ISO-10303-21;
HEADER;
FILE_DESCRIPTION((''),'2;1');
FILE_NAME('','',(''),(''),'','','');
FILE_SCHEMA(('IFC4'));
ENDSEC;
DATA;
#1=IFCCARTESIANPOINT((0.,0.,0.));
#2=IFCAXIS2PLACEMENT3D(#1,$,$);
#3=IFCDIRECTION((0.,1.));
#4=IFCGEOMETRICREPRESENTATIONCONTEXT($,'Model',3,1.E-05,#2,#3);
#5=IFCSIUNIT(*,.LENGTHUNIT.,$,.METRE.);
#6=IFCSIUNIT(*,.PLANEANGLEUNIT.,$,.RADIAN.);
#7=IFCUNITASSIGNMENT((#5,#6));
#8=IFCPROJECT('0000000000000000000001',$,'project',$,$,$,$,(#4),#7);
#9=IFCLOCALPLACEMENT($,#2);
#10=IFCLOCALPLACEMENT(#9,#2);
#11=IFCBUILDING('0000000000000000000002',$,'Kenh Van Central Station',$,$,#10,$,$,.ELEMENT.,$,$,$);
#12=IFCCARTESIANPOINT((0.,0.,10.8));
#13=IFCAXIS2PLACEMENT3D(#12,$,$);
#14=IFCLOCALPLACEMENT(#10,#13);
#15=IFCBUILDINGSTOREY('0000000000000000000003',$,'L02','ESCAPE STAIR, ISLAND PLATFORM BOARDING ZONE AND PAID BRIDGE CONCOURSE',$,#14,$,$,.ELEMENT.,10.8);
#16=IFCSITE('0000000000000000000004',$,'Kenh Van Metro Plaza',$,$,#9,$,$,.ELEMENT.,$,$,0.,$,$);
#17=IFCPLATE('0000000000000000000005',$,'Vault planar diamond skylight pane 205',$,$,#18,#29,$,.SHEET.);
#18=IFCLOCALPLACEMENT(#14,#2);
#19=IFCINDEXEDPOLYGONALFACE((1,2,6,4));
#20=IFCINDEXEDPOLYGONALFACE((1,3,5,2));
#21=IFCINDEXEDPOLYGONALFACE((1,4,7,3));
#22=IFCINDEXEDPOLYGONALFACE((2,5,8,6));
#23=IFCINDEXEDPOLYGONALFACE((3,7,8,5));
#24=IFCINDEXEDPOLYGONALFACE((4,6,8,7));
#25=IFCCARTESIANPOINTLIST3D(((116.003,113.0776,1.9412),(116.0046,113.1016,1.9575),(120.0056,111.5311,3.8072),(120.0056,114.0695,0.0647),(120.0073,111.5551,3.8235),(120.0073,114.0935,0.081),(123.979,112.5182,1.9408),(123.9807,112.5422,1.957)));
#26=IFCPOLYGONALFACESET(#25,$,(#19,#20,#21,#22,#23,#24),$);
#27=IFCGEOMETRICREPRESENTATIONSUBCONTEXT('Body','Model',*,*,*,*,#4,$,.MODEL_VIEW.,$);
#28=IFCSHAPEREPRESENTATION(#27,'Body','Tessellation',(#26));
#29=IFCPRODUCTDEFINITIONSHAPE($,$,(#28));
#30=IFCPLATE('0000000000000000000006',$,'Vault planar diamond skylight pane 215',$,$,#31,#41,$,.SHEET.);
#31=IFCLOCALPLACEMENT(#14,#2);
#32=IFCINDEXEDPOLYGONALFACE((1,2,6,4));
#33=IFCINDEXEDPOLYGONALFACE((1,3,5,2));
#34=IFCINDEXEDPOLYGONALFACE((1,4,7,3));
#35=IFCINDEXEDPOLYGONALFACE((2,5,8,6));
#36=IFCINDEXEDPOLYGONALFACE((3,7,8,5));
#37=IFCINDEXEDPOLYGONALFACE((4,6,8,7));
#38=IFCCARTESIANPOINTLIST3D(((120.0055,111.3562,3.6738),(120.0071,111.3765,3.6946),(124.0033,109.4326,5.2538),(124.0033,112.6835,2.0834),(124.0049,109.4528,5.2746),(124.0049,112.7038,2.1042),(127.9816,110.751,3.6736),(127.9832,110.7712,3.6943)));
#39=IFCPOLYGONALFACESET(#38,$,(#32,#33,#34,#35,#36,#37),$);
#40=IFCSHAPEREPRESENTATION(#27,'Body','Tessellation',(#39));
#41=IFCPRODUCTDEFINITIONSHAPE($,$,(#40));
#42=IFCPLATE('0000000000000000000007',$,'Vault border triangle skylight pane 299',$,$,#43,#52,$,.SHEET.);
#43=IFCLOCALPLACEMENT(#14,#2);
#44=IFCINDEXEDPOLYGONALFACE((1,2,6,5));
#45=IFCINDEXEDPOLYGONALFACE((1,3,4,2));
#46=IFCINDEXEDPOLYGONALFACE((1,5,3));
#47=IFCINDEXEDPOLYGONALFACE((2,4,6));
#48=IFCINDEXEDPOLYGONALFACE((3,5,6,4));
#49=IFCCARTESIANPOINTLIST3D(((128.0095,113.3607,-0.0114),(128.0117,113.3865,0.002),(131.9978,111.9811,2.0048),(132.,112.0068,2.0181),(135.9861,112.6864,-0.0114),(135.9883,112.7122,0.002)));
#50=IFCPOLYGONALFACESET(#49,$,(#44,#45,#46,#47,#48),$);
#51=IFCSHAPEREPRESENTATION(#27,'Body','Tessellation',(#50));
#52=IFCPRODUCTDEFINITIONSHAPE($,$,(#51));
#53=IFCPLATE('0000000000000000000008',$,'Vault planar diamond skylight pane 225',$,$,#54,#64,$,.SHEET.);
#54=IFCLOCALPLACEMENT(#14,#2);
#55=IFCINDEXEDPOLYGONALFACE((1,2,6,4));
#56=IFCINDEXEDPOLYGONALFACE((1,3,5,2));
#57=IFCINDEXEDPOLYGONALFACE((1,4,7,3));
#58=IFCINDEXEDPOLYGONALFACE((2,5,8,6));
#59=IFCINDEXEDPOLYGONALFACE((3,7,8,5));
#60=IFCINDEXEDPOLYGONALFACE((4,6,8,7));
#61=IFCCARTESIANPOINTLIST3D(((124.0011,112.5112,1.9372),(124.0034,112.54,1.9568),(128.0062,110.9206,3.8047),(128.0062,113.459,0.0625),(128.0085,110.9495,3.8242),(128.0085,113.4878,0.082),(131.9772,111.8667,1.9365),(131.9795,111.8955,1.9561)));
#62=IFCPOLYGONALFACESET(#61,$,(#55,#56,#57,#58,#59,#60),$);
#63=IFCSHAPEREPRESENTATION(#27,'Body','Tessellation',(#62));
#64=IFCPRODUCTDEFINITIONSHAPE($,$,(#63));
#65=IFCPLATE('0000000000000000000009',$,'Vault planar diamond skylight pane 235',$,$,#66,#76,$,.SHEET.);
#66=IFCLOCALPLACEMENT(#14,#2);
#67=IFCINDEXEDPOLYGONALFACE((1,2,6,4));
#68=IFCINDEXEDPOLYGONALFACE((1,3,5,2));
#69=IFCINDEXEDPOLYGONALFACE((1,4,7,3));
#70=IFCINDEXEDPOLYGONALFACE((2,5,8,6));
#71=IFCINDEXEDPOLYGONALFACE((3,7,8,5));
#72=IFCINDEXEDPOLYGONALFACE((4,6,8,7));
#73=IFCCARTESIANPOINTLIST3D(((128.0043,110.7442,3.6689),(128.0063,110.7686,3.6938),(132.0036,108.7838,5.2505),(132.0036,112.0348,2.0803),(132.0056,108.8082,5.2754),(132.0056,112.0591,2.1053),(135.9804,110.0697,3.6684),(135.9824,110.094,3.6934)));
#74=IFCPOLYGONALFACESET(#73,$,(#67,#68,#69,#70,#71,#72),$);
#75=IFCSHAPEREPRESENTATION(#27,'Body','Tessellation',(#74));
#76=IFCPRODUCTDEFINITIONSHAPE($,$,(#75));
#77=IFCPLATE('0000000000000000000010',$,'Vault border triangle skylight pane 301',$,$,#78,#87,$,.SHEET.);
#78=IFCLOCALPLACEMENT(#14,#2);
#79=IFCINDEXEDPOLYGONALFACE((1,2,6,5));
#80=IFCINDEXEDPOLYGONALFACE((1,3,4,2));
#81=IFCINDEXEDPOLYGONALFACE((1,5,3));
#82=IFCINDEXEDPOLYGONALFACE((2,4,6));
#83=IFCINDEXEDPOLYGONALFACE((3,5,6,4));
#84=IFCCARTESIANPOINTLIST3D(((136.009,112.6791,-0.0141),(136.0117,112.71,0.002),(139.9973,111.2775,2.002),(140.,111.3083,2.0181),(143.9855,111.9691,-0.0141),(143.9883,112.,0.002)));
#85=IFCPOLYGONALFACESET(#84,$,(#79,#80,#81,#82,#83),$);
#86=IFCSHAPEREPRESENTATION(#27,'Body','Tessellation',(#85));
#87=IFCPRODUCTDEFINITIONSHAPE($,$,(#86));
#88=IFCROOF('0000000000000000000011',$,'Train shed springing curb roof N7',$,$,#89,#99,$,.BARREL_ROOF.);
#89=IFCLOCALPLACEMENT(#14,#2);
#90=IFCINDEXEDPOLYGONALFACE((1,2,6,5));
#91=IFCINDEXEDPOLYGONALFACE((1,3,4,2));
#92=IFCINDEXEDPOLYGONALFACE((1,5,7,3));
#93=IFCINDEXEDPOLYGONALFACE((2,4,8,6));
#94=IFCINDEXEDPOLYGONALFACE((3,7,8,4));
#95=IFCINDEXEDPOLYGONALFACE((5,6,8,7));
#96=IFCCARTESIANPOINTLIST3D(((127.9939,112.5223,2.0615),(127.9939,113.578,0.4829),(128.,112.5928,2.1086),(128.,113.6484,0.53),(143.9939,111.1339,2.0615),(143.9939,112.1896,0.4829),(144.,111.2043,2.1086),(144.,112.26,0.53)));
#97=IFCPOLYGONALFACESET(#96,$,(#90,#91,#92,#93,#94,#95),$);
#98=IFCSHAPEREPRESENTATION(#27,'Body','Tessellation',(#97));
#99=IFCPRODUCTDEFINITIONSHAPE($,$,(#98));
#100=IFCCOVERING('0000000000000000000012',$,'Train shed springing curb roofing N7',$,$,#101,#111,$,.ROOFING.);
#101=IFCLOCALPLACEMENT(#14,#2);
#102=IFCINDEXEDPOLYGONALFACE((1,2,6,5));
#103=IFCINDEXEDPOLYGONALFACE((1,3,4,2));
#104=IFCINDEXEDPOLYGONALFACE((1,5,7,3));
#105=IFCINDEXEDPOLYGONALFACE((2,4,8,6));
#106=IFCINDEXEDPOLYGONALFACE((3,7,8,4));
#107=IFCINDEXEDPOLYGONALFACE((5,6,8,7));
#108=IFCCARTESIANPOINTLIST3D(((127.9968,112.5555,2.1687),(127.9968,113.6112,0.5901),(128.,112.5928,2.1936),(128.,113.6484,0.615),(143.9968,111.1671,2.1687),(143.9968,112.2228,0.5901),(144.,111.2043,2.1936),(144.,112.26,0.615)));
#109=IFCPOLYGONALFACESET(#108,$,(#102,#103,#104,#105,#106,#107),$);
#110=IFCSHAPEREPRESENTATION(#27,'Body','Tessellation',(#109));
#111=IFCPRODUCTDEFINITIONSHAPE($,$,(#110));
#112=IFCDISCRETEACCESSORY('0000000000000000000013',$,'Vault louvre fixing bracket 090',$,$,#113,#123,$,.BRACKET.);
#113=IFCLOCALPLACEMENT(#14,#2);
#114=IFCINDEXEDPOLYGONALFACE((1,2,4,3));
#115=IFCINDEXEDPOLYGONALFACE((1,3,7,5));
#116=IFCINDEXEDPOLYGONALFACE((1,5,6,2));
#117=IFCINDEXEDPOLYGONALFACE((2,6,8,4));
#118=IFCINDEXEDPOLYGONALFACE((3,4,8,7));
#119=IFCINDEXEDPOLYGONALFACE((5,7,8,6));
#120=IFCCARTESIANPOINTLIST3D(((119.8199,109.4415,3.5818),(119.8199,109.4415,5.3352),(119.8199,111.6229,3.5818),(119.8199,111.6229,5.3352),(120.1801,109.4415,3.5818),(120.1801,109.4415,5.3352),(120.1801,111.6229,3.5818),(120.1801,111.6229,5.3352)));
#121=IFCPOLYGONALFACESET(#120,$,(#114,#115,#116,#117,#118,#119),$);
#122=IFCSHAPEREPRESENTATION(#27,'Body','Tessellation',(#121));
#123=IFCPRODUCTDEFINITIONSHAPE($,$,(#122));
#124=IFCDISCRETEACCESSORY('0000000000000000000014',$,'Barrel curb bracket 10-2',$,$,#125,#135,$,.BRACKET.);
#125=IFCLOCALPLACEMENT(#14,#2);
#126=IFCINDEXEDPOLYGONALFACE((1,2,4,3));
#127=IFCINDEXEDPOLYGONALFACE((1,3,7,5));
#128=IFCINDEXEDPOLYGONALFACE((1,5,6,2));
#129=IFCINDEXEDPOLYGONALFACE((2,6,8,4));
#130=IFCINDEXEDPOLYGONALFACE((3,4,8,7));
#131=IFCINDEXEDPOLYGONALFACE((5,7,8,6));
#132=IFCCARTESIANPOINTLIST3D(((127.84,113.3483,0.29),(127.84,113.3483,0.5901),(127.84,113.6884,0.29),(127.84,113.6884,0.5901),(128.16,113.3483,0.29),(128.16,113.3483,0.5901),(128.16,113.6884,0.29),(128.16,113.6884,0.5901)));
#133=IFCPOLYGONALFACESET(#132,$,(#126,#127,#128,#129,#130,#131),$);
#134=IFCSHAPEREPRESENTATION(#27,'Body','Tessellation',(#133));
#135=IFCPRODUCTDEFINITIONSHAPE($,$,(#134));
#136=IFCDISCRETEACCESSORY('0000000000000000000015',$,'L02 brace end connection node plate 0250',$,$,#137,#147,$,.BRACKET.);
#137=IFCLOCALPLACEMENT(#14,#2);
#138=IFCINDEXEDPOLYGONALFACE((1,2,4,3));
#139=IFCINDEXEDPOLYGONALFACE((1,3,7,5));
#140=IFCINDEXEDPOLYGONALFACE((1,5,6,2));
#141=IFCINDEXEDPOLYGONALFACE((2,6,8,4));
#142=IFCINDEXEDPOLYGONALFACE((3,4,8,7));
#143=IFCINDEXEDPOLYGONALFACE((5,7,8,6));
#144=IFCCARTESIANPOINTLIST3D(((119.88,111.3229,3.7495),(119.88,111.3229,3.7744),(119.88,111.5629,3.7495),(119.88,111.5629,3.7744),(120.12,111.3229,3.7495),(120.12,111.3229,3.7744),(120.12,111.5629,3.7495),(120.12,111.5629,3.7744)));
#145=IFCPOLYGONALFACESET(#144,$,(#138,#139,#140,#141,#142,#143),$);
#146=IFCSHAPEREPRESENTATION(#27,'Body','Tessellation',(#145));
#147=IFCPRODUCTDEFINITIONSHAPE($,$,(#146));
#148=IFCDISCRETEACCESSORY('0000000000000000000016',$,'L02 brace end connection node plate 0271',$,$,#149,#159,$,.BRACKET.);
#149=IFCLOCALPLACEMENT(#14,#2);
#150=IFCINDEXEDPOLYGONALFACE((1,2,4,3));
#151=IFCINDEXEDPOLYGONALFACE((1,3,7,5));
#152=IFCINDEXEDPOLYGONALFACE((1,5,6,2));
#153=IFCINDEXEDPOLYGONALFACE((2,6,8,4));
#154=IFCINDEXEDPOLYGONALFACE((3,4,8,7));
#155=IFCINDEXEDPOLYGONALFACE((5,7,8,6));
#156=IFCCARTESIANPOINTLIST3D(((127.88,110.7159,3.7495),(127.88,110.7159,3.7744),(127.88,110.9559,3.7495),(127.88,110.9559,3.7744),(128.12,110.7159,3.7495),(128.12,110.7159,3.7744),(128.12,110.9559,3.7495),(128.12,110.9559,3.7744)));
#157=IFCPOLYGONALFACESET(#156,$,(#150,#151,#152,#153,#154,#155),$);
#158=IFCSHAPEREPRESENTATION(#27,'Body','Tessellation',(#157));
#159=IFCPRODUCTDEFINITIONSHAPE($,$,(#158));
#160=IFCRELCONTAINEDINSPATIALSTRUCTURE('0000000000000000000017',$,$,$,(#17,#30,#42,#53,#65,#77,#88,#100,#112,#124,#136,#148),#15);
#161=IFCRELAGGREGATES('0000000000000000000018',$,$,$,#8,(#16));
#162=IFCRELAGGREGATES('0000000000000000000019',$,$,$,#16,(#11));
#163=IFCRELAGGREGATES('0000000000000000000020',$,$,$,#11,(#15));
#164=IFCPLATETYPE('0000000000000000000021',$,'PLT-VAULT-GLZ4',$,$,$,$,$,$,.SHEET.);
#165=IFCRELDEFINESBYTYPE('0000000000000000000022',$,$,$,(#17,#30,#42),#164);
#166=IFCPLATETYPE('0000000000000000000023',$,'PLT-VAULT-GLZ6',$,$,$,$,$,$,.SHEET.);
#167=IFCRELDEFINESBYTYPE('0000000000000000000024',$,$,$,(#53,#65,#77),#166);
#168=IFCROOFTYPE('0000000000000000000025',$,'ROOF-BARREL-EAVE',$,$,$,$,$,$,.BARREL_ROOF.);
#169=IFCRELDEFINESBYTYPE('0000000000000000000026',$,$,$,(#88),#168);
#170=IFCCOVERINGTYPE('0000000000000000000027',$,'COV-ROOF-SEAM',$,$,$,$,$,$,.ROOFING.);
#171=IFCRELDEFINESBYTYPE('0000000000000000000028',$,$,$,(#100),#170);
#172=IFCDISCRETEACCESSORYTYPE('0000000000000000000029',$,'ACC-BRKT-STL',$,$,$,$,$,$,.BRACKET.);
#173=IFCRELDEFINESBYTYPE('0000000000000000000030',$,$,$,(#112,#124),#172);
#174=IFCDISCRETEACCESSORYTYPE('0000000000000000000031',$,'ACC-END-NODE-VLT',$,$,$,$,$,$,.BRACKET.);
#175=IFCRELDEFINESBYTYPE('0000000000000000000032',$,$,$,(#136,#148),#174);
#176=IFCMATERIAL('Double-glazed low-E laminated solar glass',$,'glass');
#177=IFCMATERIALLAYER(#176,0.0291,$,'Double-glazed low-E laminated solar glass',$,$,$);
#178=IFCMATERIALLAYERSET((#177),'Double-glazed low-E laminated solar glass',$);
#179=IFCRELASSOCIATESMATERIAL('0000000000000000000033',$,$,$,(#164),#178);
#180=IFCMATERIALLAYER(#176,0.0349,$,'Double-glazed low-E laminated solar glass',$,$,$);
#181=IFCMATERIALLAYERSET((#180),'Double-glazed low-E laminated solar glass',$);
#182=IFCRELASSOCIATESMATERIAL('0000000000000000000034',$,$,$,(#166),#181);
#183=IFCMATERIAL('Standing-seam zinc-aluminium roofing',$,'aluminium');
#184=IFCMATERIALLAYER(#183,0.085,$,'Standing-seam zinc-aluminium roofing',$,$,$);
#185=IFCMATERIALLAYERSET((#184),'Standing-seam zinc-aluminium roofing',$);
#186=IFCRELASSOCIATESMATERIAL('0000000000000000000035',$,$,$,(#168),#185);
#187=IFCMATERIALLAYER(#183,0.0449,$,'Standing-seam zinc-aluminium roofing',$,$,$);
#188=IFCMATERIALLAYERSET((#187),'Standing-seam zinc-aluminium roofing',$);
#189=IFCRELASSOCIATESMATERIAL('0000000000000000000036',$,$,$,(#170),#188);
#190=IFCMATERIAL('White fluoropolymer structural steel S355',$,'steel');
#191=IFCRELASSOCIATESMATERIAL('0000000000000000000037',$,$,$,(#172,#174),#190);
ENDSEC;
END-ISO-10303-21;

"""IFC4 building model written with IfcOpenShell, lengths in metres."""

from ifc_helpers import new_model, si_unit, direction, frame, origin, origin_2d, place, context, subcontext, project, spatial, polyline, rectangle, outline, extrude, material, layer, layer_set, type_object, element, save


model = new_model("IFC4")

# Units and contexts
model_context = context("Model", 3, precision=1e-05, world=origin(), true_north=direction((0.0, 1.0)))
body_context = subcontext(model_context, "Body", "Model", "MODEL_VIEW")
ifc_project = project(units=[si_unit("LENGTHUNIT", "METRE"), si_unit("PLANEANGLEUNIT", "RADIAN")], contexts=[model_context])

# Site, building, storey
site_placement = place(None, origin())
site = spatial("IfcSite", under=ifc_project, at=site_placement, Name="Kenh Van Metro Plaza", CompositionType="ELEMENT", RefElevation=0.0)
building_placement = place(site_placement, origin())
building = spatial("IfcBuilding", under=site, at=building_placement, Name="Kenh Van Central Station", CompositionType="ELEMENT")
storey_placement = place(building_placement, frame((0.0, 0.0, 10.8)))
storey = spatial("IfcBuildingStorey", under=building, at=storey_placement, Name="L02", Description="ESCAPE STAIR, ISLAND PLATFORM BOARDING ZONE AND PAID BRIDGE CONCOURSE", CompositionType="ELEMENT", Elevation=10.8)

# Shared definitions
ifc_material_1 = material(Name="White fluoropolymer structural steel S355", Category="steel")

# Plates
ifc_material_2 = material(Name="Double-glazed low-E laminated solar glass", Category="glass")
ifc_layer_1 = layer(ifc_material_2, 0.0291, Name="Double-glazed low-E laminated solar glass")
ifc_layer_set_1 = layer_set([ifc_layer_1], Name="Double-glazed low-E laminated solar glass")
plate_type_1 = type_object("IfcPlateType", Name="PLT-VAULT-GLZ4", PredefinedType="SHEET", material=ifc_layer_set_1)
plate_1_placement = place(storey_placement, frame((116.0046, 113.1016, 1.9575), z_axis=(0.057972, 0.826205, 0.560379), x_axis=(0.855426, -0.330494, 0.398774)))
element("IfcPlate", 1, at=plate_1_placement, inside=storey, type_object=plate_type_1, Name="Vault planar diamond skylight pane 205", PredefinedType="SHEET", context=body_context, shape_type="SweptSolid", body=[
    extrude(outline(polyline([(0.0, 0.0), (4.6792, 0.0), (7.0076, 3.8502), (2.3479, 3.8748), (0.0, 0.0)])), origin(), (0.0, 0.0, -1.0), 0.0291),
])
plate_2_placement = place(storey_placement, frame((120.0071, 111.3765, 3.6946), z_axis=(0.052926, 0.697202, 0.714919), x_axis=(0.848882, -0.408462, 0.335496)))
element("IfcPlate", 2, at=plate_2_placement, inside=storey, type_object=plate_type_1, Name="Vault planar diamond skylight pane 215", PredefinedType="SHEET", context=body_context, shape_type="SweptSolid", body=[
    extrude(outline(polyline([(0.0, 0.0), (4.7095, 0.0), (7.0179, 3.8384), (2.3179, 3.8602), (0.0, 0.0)])), origin(), (0.0, 0.0, -1.0), 0.0291),
])
plate_3_placement = place(storey_placement, frame((128.0117, 113.3865, 0.002), z_axis=(0.074882, 0.885784, 0.458016), x_axis=(0.85274, -0.294983, 0.431068)))
element("IfcPlate", 3, at=plate_3_placement, inside=storey, type_object=plate_type_1, Name="Vault border triangle skylight pane 299", PredefinedType="SHEET", context=body_context, shape_type="SweptSolid", body=[
    extrude(outline(polyline([(0.0, 0.0), (4.677, 0.0), (7.0008, 3.8818), (0.0, 0.0)])), origin(), (0.0, 0.0, -1.0), 0.0291),
])
ifc_layer_2 = layer(ifc_material_2, 0.0349, Name="Double-glazed low-E laminated solar glass")
ifc_layer_set_2 = layer_set([ifc_layer_2], Name="Double-glazed low-E laminated solar glass")
plate_type_2 = type_object("IfcPlateType", Name="PLT-VAULT-GLZ6", PredefinedType="SHEET", material=ifc_layer_set_2)
plate_4_placement = place(storey_placement, frame((124.0034, 112.54, 1.9568), z_axis=(0.066777, 0.825732, 0.560095), x_axis=(0.852767, -0.338664, 0.397611)))
element("IfcPlate", 4, at=plate_4_placement, inside=storey, type_object=plate_type_2, Name="Vault planar diamond skylight pane 225", PredefinedType="SHEET", context=body_context, shape_type="SweptSolid", body=[
    extrude(outline(polyline([(0.0, 0.0), (4.6966, 0.0), (7.0197, 3.8414), (2.349, 3.8647), (0.0, 0.0)])), origin(), (0.0, 0.0, -1.0), 0.0349),
])
plate_5_placement = place(storey_placement, frame((128.0063, 110.7686, 3.6938), z_axis=(0.058986, 0.696937, 0.714702), x_axis=(0.846158, -0.414776, 0.334631)))
element("IfcPlate", 5, at=plate_5_placement, inside=storey, type_object=plate_type_2, Name="Vault planar diamond skylight pane 235", PredefinedType="SHEET", context=body_context, shape_type="SweptSolid", body=[
    extrude(outline(polyline([(0.0, 0.0), (4.7264, 0.0), (7.0286, 3.8303), (2.3171, 3.8489), (0.0, 0.0)])), origin(), (0.0, 0.0, -1.0), 0.0349),
])
plate_6_placement = place(storey_placement, frame((136.0117, 112.71, 0.002), z_axis=(0.07875, 0.884775, 0.459316), x_axis=(0.851551, -0.299263, 0.430467)))
element("IfcPlate", 6, at=plate_6_placement, inside=storey, type_object=plate_type_2, Name="Vault border triangle skylight pane 301", PredefinedType="SHEET", context=body_context, shape_type="SweptSolid", body=[
    extrude(outline(polyline([(0.0, 0.0), (4.6835, 0.0), (7.0049, 3.8808), (0.0, 0.0)])), origin(), (0.0, 0.0, -1.0), 0.0349),
])

# Roof
ifc_material_3 = material(Name="Standing-seam zinc-aluminium roofing", Category="aluminium")
ifc_layer_3 = layer(ifc_material_3, 0.085, Name="Standing-seam zinc-aluminium roofing")
ifc_layer_set_3 = layer_set([ifc_layer_3], Name="Standing-seam zinc-aluminium roofing")
roof_type = type_object("IfcRoofType", Name="ROOF-BARREL-EAVE", PredefinedType="BARREL_ROOF", material=ifc_layer_set_3)
roof_placement = place(storey_placement, frame((128.0, 112.5928, 2.1086), z_axis=(0.071947, 0.829104, 0.554446), x_axis=(0.996256, -0.086452, 0.0)))
element("IfcRoof", 7, at=roof_placement, inside=storey, type_object=roof_type, Name="Train shed springing curb roof N7", PredefinedType="BARREL_ROOF", context=body_context, shape_type="SweptSolid", body=[
    extrude(outline(polyline([(0.0, 0.0), (16.0601, 0.0), (15.9689, 1.8969), (-0.0913, 1.8969), (0.0, 0.0)])), origin(), (0.0, 0.0, -1.0), 0.085),
])

# Covering
ifc_layer_4 = layer(ifc_material_3, 0.0449, Name="Standing-seam zinc-aluminium roofing")
ifc_layer_set_4 = layer_set([ifc_layer_4], Name="Standing-seam zinc-aluminium roofing")
covering_type = type_object("IfcCoveringType", Name="COV-ROOF-SEAM", PredefinedType="ROOFING", material=ifc_layer_set_4)
covering_placement = place(storey_placement, frame((128.0, 112.5928, 2.1936), z_axis=(0.071947, 0.829104, 0.554446), x_axis=(0.996256, -0.086452, 0.0)))
element("IfcCovering", 8, at=covering_placement, inside=storey, type_object=covering_type, Name="Train shed springing curb roofing N7", PredefinedType="ROOFING", context=body_context, shape_type="SweptSolid", body=[
    extrude(outline(polyline([(0.0, 0.0), (16.0601, 0.0), (15.9689, 1.8969), (-0.0913, 1.8969), (0.0, 0.0)])), origin(), (0.0, 0.0, -1.0), 0.0449),
])

# Discrete accessories
discrete_accessory_type_1 = type_object("IfcDiscreteAccessoryType", Name="ACC-BRKT-STL", PredefinedType="BRACKET", material=ifc_material_1)
discrete_accessory_1_placement = place(storey_placement, frame((120.0, 110.5322, 3.5818), z_axis=(0.0, 0.0, 1.0), x_axis=(1.0, 0.0, 0.0)))
element("IfcDiscreteAccessory", 9, at=discrete_accessory_1_placement, inside=storey, type_object=discrete_accessory_type_1, Name="Vault louvre fixing bracket 090", PredefinedType="BRACKET", context=body_context, shape_type="SweptSolid", body=[
    extrude(rectangle(XDim=0.3601, YDim=2.1814, at=origin_2d()), origin(), (0.0, 0.0, 1.0), 1.7534),
])
discrete_accessory_2_placement = place(storey_placement, frame((128.0, 113.5183, 0.29), z_axis=(0.0, 0.0, 1.0), x_axis=(1.0, 0.0, 0.0)))
element("IfcDiscreteAccessory", 10, at=discrete_accessory_2_placement, inside=storey, type_object=discrete_accessory_type_1, Name="Barrel curb bracket 10-2", PredefinedType="BRACKET", context=body_context, shape_type="SweptSolid", body=[
    extrude(rectangle(XDim=0.3201, YDim=0.3401, at=origin_2d()), origin(), (0.0, 0.0, 1.0), 0.3),
])
discrete_accessory_type_2 = type_object("IfcDiscreteAccessoryType", Name="ACC-END-NODE-VLT", PredefinedType="BRACKET", material=ifc_material_1)
for number, where, z_axis, x_axis, name in (
    (11, (120.0, 111.4429, 3.7495), (0.0, 0.0, 1.0), (1.0, 0.0, 0.0), "L02 brace end connection node plate 0250"),
    (12, (128.0, 110.8359, 3.7495), (0.0, 0.0, 1.0), (1.0, 0.0, 0.0), "L02 brace end connection node plate 0271"),
):
    element("IfcDiscreteAccessory", number, at=place(storey_placement, frame(where, z_axis=z_axis, x_axis=x_axis)), inside=storey, type_object=discrete_accessory_type_2, Name=name, PredefinedType="BRACKET", context=body_context, shape_type="SweptSolid", body=[
        extrude(rectangle(XDim=0.24, YDim=0.24, at=origin_2d()), origin(), (0.0, 0.0, 1.0), 0.0249),
    ])

save(model, "model.ifc")
